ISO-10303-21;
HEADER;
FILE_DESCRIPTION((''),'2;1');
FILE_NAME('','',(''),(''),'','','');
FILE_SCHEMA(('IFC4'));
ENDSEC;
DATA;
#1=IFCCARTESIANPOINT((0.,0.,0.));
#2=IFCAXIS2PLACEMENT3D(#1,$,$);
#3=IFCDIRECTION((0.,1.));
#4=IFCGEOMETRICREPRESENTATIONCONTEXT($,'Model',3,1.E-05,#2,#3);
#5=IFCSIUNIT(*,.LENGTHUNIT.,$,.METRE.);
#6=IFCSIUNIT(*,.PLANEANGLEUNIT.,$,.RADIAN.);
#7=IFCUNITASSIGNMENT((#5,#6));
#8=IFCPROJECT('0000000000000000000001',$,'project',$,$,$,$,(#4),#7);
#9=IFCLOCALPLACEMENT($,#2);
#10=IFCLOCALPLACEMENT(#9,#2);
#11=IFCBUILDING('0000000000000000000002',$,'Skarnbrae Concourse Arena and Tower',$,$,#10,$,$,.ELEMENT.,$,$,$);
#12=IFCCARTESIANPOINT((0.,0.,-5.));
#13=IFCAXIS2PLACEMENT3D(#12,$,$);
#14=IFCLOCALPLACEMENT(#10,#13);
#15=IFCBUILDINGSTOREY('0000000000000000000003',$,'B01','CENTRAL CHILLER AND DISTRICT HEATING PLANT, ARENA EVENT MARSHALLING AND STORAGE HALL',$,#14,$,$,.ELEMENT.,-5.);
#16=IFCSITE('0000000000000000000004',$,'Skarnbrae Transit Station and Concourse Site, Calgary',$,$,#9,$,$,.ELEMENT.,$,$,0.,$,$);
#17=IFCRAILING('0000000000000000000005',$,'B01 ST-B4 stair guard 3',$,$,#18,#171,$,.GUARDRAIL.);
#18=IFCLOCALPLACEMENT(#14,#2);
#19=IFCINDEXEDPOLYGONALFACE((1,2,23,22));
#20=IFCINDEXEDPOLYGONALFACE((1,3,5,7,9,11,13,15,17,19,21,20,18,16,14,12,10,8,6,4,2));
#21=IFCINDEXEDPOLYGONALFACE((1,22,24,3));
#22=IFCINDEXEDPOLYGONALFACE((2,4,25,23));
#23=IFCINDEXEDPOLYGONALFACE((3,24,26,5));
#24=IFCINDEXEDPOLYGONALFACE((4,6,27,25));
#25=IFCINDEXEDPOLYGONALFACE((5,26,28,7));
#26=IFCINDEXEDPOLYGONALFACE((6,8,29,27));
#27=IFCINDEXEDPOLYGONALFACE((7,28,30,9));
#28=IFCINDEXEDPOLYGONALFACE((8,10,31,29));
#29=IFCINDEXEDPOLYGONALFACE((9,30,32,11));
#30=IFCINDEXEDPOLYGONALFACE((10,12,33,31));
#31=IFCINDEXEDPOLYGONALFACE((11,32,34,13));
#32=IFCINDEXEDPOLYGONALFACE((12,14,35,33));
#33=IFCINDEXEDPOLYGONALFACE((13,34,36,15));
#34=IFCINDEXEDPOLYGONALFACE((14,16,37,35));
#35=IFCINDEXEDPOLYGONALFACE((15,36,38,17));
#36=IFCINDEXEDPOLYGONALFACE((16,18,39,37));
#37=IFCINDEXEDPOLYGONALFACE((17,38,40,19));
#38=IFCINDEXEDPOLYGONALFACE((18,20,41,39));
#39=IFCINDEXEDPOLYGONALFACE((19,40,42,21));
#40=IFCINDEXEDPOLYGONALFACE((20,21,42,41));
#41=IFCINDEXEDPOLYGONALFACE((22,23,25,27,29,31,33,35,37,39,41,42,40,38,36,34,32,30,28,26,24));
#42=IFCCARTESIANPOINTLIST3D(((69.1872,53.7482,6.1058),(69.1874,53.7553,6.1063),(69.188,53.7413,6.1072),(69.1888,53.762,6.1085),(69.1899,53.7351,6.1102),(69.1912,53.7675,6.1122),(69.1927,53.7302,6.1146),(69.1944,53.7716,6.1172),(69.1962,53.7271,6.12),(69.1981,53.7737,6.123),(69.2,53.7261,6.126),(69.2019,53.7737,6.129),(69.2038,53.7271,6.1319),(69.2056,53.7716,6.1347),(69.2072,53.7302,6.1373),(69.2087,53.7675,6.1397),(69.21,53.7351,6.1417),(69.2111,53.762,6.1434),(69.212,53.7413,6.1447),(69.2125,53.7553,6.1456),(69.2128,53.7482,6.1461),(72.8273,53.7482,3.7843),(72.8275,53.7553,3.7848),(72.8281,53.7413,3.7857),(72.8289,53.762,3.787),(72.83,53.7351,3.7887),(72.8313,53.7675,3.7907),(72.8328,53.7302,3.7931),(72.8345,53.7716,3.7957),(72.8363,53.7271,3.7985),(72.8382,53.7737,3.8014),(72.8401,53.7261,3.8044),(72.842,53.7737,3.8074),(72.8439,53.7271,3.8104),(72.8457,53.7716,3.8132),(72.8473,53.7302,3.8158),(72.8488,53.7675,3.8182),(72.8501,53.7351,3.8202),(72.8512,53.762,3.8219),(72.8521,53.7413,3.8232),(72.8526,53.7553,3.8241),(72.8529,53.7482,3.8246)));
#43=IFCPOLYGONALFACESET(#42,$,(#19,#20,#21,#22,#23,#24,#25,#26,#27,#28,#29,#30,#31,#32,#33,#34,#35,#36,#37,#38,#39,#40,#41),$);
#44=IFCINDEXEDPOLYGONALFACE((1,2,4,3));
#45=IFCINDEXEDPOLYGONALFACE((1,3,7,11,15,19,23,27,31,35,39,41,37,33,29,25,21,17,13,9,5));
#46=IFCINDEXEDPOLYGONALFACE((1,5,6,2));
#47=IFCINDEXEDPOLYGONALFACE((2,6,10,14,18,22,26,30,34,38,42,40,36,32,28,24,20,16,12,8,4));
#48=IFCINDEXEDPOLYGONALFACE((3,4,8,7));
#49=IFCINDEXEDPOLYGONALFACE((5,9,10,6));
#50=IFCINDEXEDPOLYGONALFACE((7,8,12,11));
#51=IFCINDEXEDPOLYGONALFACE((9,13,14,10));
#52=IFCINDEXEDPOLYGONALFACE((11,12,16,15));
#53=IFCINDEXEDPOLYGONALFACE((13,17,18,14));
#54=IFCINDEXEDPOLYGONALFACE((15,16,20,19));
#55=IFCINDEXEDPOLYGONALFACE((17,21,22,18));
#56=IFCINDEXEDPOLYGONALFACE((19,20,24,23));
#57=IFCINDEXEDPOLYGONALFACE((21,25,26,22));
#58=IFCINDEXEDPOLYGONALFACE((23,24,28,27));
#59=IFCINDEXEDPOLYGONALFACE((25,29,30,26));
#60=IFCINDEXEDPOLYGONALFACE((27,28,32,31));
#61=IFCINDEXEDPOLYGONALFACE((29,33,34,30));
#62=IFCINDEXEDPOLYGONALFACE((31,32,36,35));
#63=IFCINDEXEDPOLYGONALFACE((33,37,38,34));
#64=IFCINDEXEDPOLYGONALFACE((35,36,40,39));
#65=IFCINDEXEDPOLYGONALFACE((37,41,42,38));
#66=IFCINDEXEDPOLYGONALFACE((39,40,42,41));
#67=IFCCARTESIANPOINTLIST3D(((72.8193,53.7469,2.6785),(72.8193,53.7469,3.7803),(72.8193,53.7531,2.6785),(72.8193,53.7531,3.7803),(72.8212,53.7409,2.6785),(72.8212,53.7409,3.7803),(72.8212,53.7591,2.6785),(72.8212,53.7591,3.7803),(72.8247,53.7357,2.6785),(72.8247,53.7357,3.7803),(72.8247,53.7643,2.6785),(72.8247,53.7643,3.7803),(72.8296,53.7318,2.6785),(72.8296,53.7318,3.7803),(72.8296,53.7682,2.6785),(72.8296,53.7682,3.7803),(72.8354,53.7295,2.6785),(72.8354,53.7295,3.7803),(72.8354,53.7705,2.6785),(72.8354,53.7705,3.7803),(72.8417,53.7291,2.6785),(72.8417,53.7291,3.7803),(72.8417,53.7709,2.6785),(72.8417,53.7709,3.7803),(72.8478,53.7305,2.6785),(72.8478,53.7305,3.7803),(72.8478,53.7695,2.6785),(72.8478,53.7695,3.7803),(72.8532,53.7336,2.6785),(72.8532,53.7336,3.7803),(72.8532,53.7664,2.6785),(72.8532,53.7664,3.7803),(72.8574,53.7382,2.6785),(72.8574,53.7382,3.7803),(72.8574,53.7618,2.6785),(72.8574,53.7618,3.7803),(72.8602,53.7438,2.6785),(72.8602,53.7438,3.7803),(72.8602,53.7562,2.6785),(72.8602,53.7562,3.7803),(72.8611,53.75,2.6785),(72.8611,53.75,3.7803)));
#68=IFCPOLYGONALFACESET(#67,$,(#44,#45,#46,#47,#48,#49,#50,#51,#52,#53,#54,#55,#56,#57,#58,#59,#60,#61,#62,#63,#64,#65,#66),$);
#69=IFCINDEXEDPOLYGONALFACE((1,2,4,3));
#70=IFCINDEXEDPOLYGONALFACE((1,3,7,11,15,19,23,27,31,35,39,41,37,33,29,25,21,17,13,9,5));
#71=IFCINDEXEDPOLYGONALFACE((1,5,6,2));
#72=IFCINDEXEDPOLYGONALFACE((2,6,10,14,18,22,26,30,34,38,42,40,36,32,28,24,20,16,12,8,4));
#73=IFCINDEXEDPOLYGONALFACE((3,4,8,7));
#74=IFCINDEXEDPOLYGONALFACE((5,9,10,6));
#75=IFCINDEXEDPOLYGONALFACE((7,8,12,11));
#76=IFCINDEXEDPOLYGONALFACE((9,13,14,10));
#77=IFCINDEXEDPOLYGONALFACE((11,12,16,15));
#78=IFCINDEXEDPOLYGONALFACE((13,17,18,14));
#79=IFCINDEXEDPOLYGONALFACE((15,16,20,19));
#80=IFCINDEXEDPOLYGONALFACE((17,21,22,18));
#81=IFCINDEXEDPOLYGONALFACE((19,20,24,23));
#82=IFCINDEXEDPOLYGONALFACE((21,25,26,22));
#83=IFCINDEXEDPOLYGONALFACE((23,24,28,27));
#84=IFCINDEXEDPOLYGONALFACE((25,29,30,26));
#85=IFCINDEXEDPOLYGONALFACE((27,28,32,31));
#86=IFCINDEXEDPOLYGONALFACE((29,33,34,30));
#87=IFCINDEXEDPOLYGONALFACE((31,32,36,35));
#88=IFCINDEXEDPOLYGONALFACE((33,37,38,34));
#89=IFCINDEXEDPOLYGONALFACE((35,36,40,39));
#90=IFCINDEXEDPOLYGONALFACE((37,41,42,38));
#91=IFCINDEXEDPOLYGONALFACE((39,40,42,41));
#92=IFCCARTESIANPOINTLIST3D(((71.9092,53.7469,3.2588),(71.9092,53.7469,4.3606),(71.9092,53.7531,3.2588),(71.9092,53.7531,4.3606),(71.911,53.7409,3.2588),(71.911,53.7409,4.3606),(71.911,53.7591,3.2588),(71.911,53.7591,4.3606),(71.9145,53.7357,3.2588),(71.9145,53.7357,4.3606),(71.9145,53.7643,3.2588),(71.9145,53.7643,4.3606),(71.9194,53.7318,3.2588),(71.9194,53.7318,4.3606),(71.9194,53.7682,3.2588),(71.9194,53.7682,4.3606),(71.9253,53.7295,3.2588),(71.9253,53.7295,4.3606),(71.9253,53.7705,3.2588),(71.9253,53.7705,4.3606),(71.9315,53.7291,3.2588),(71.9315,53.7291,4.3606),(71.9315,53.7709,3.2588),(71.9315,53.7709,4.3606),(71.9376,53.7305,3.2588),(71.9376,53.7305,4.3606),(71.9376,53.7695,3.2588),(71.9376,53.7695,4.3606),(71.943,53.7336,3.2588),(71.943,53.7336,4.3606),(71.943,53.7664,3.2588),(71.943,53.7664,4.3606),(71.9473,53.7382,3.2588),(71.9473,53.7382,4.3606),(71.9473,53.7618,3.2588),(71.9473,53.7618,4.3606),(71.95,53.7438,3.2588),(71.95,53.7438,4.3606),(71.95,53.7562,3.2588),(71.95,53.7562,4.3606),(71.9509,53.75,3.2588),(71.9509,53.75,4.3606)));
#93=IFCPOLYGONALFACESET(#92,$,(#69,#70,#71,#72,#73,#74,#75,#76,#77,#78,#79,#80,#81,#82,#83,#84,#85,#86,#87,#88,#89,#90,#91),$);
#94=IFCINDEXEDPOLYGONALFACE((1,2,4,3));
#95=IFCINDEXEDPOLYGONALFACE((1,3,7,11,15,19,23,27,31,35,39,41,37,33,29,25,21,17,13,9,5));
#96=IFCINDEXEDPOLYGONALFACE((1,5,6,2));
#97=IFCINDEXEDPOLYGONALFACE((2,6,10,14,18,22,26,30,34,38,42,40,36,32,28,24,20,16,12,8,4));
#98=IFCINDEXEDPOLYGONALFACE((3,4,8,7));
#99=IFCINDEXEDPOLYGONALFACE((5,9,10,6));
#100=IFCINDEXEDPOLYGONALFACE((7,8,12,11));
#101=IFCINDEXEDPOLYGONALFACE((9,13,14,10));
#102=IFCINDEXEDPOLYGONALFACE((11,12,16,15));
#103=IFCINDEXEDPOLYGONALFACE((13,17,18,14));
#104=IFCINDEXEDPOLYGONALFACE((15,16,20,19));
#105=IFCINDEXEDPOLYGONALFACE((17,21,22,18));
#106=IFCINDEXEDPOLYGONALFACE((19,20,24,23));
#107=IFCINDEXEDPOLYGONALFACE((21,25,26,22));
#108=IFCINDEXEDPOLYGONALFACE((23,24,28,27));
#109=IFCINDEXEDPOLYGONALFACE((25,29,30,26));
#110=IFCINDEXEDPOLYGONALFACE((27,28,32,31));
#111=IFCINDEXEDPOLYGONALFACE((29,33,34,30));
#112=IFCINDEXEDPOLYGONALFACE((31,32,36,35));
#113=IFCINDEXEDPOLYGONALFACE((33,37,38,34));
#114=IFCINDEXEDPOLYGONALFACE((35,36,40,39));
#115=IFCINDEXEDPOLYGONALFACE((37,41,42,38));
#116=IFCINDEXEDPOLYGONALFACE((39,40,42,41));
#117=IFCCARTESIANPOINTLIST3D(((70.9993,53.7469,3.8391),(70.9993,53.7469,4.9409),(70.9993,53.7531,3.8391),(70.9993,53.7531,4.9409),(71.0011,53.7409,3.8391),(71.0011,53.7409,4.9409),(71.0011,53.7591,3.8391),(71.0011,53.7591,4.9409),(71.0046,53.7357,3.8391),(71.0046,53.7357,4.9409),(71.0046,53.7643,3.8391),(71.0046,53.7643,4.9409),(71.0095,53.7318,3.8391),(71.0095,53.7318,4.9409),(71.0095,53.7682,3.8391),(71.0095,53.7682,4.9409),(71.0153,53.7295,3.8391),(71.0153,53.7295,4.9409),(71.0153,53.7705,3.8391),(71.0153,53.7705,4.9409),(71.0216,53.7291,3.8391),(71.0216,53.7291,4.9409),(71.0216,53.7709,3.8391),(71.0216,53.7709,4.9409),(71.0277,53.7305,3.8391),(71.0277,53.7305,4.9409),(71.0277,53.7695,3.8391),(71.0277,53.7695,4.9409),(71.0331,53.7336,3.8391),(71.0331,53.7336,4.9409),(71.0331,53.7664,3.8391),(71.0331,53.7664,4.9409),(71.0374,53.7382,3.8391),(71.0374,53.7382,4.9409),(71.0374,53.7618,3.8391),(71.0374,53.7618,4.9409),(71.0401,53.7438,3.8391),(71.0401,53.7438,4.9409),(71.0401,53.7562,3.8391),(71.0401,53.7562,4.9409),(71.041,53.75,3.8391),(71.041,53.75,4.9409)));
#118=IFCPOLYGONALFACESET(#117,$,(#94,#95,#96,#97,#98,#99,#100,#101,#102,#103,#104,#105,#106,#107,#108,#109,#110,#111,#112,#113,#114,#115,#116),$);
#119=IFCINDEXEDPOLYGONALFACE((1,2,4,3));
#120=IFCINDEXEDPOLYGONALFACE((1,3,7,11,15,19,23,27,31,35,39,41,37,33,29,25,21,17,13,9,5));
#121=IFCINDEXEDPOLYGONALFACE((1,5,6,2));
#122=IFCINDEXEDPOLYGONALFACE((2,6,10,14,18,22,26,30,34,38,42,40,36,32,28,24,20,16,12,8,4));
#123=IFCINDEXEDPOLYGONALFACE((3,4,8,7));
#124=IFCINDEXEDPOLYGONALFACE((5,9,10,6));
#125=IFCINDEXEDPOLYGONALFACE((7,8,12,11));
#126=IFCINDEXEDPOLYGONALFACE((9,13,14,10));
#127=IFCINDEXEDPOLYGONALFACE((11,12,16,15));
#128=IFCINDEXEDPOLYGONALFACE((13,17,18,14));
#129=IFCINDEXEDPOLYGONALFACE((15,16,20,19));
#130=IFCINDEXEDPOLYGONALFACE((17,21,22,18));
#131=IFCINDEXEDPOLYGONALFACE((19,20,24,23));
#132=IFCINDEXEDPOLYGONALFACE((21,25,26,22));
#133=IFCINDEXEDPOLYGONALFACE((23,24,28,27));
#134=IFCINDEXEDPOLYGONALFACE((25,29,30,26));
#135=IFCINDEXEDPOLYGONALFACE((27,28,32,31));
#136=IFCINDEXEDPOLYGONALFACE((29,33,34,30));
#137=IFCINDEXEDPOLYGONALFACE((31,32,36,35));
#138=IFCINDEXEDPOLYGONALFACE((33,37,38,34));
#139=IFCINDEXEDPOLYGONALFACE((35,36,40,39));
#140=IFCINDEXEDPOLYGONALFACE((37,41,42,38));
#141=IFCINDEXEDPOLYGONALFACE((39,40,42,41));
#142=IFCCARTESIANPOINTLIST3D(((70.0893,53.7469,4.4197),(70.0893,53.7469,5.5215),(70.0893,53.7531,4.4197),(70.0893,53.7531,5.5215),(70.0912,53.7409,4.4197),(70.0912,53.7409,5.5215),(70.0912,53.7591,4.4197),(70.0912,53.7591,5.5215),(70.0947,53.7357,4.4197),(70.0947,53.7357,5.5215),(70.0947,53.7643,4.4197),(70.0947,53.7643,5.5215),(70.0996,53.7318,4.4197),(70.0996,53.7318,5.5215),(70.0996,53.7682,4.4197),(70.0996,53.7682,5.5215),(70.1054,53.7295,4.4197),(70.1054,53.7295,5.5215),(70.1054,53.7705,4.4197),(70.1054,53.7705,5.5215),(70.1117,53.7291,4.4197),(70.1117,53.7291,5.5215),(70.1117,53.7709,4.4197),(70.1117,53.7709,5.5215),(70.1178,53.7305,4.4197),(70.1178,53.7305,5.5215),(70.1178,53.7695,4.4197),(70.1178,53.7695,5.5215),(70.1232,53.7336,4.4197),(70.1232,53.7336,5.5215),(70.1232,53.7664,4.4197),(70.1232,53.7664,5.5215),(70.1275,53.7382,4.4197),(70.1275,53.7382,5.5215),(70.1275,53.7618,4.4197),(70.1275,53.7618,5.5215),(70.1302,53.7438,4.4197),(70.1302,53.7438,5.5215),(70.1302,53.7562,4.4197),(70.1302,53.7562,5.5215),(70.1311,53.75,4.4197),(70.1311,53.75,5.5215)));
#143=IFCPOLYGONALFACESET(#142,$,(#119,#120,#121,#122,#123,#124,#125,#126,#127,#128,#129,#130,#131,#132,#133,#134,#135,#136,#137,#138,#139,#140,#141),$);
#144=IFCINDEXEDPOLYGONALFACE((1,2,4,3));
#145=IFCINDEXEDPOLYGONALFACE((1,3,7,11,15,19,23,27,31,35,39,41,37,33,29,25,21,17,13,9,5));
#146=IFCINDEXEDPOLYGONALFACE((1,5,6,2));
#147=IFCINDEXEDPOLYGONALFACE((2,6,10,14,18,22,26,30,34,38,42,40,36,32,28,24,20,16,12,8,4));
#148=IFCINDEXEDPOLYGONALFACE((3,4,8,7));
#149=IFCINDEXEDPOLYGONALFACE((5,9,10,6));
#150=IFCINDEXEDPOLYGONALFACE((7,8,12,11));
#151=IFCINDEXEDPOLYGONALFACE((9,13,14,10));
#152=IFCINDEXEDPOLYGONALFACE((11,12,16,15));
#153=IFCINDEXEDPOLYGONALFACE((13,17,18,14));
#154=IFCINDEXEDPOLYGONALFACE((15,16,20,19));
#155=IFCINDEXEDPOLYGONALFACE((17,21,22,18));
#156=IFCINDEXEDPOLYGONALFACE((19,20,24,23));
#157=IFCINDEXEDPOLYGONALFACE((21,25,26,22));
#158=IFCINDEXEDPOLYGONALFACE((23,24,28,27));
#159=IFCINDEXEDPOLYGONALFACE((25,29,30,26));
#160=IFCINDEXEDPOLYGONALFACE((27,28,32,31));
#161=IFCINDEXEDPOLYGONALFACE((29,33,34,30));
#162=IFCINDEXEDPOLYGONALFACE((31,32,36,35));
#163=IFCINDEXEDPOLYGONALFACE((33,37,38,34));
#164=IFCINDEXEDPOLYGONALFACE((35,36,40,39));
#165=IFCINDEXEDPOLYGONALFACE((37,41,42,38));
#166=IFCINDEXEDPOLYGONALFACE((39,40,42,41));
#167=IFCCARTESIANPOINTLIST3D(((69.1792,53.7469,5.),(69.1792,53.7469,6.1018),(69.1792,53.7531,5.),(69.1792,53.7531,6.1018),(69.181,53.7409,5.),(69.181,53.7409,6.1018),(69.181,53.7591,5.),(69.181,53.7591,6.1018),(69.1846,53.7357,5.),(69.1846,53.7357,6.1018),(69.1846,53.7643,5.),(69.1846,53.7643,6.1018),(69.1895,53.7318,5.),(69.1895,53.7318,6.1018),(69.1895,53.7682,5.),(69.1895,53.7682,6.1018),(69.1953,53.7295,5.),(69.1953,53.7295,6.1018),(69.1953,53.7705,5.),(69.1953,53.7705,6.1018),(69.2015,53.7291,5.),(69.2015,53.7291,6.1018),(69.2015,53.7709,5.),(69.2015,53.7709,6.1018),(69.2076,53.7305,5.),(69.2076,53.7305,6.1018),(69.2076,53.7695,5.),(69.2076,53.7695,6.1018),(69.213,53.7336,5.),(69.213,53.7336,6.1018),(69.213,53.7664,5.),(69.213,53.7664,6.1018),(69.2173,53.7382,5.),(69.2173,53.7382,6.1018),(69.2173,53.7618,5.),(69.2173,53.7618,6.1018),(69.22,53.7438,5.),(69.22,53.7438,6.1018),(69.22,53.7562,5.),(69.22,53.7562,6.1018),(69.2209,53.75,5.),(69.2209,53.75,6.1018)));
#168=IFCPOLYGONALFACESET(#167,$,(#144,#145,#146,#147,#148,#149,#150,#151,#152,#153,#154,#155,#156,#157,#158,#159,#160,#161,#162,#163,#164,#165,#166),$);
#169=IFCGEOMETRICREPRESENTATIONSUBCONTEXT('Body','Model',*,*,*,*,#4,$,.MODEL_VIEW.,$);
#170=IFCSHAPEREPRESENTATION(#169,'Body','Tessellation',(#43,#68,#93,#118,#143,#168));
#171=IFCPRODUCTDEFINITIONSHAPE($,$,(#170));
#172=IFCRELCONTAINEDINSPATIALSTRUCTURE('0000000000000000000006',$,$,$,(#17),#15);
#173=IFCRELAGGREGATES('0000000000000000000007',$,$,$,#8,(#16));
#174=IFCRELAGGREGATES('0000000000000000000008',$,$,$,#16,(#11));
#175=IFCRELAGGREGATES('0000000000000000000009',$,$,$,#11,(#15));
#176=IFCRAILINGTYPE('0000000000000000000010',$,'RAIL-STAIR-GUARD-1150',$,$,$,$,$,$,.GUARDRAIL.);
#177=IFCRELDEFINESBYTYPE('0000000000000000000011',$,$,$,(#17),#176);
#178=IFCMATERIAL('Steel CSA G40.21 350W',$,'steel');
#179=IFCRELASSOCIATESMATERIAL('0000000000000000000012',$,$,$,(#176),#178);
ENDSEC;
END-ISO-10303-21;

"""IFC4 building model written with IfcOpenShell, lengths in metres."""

from ifc_helpers import new_model, si_unit, direction, frame, origin, origin_2d, place, context, subcontext, project, spatial, circle, extrude, material, type_object, element, save


model = new_model("IFC4")

# Units and contexts
model_context = context("Model", 3, precision=1e-05, world=origin(), true_north=direction((0.0, 1.0)))
body_context = subcontext(model_context, "Body", "Model", "MODEL_VIEW")
ifc_project = project(units=[si_unit("LENGTHUNIT", "METRE"), si_unit("PLANEANGLEUNIT", "RADIAN")], contexts=[model_context])

# Site, building, storey
site_placement = place(None, origin())
site = spatial("IfcSite", under=ifc_project, at=site_placement, Name="Skarnbrae Transit Station and Concourse Site, Calgary", CompositionType="ELEMENT", RefElevation=0.0)
building_placement = place(site_placement, origin())
building = spatial("IfcBuilding", under=site, at=building_placement, Name="Skarnbrae Concourse Arena and Tower", CompositionType="ELEMENT")
storey_placement = place(building_placement, frame((0.0, 0.0, -5.0)))
storey = spatial("IfcBuildingStorey", under=building, at=storey_placement, Name="B01", Description="CENTRAL CHILLER AND DISTRICT HEATING PLANT, ARENA EVENT MARSHALLING AND STORAGE HALL", CompositionType="ELEMENT", Elevation=-5.0)

# Shared definitions
ifc_material_1 = material(Name="Steel CSA G40.21 350W", Category="steel")

# Railing
railing_type_1 = type_object("IfcRailingType", Name="RAIL-STAIR-GUARD-1150", PredefinedType="GUARDRAIL", material=ifc_material_1)
railing_1_placement = place(storey_placement, frame((72.8401, 53.75, 2.6785)))
element("IfcRailing", 1, at=railing_1_placement, inside=storey, type_object=railing_type_1, Name="B01 ST-B4 stair guard 3", PredefinedType="GUARDRAIL", context=body_context, shape_type="SweptSolid", body=[
    extrude(circle(Radius=0.0239, at=origin_2d()), frame((0.0, 0.0, 1.126), z_axis=(-0.843128, 0.0, 0.537713), x_axis=(0.0, -1.0, 0.0)), (0.0, 0.0, 1.0), 4.3174),
    extrude(circle(Radius=0.021, at=origin_2d()), origin(), (0.0, 0.0, 1.0), 1.1018),
    extrude(circle(Radius=0.021, at=origin_2d()), frame((-0.9102, 0.0, 0.5803)), (0.0, 0.0, 1.0), 1.1018),
    extrude(circle(Radius=0.021, at=origin_2d()), frame((-1.8201, 0.0, 1.1606)), (0.0, 0.0, 1.0), 1.1018),
    extrude(circle(Radius=0.021, at=origin_2d()), frame((-2.73, 0.0, 1.7412)), (0.0, 0.0, 1.0), 1.1018),
    extrude(circle(Radius=0.021, at=origin_2d()), frame((-3.6401, 0.0, 2.3215)), (0.0, 0.0, 1.0), 1.1018),
])

save(model, "model.ifc")
